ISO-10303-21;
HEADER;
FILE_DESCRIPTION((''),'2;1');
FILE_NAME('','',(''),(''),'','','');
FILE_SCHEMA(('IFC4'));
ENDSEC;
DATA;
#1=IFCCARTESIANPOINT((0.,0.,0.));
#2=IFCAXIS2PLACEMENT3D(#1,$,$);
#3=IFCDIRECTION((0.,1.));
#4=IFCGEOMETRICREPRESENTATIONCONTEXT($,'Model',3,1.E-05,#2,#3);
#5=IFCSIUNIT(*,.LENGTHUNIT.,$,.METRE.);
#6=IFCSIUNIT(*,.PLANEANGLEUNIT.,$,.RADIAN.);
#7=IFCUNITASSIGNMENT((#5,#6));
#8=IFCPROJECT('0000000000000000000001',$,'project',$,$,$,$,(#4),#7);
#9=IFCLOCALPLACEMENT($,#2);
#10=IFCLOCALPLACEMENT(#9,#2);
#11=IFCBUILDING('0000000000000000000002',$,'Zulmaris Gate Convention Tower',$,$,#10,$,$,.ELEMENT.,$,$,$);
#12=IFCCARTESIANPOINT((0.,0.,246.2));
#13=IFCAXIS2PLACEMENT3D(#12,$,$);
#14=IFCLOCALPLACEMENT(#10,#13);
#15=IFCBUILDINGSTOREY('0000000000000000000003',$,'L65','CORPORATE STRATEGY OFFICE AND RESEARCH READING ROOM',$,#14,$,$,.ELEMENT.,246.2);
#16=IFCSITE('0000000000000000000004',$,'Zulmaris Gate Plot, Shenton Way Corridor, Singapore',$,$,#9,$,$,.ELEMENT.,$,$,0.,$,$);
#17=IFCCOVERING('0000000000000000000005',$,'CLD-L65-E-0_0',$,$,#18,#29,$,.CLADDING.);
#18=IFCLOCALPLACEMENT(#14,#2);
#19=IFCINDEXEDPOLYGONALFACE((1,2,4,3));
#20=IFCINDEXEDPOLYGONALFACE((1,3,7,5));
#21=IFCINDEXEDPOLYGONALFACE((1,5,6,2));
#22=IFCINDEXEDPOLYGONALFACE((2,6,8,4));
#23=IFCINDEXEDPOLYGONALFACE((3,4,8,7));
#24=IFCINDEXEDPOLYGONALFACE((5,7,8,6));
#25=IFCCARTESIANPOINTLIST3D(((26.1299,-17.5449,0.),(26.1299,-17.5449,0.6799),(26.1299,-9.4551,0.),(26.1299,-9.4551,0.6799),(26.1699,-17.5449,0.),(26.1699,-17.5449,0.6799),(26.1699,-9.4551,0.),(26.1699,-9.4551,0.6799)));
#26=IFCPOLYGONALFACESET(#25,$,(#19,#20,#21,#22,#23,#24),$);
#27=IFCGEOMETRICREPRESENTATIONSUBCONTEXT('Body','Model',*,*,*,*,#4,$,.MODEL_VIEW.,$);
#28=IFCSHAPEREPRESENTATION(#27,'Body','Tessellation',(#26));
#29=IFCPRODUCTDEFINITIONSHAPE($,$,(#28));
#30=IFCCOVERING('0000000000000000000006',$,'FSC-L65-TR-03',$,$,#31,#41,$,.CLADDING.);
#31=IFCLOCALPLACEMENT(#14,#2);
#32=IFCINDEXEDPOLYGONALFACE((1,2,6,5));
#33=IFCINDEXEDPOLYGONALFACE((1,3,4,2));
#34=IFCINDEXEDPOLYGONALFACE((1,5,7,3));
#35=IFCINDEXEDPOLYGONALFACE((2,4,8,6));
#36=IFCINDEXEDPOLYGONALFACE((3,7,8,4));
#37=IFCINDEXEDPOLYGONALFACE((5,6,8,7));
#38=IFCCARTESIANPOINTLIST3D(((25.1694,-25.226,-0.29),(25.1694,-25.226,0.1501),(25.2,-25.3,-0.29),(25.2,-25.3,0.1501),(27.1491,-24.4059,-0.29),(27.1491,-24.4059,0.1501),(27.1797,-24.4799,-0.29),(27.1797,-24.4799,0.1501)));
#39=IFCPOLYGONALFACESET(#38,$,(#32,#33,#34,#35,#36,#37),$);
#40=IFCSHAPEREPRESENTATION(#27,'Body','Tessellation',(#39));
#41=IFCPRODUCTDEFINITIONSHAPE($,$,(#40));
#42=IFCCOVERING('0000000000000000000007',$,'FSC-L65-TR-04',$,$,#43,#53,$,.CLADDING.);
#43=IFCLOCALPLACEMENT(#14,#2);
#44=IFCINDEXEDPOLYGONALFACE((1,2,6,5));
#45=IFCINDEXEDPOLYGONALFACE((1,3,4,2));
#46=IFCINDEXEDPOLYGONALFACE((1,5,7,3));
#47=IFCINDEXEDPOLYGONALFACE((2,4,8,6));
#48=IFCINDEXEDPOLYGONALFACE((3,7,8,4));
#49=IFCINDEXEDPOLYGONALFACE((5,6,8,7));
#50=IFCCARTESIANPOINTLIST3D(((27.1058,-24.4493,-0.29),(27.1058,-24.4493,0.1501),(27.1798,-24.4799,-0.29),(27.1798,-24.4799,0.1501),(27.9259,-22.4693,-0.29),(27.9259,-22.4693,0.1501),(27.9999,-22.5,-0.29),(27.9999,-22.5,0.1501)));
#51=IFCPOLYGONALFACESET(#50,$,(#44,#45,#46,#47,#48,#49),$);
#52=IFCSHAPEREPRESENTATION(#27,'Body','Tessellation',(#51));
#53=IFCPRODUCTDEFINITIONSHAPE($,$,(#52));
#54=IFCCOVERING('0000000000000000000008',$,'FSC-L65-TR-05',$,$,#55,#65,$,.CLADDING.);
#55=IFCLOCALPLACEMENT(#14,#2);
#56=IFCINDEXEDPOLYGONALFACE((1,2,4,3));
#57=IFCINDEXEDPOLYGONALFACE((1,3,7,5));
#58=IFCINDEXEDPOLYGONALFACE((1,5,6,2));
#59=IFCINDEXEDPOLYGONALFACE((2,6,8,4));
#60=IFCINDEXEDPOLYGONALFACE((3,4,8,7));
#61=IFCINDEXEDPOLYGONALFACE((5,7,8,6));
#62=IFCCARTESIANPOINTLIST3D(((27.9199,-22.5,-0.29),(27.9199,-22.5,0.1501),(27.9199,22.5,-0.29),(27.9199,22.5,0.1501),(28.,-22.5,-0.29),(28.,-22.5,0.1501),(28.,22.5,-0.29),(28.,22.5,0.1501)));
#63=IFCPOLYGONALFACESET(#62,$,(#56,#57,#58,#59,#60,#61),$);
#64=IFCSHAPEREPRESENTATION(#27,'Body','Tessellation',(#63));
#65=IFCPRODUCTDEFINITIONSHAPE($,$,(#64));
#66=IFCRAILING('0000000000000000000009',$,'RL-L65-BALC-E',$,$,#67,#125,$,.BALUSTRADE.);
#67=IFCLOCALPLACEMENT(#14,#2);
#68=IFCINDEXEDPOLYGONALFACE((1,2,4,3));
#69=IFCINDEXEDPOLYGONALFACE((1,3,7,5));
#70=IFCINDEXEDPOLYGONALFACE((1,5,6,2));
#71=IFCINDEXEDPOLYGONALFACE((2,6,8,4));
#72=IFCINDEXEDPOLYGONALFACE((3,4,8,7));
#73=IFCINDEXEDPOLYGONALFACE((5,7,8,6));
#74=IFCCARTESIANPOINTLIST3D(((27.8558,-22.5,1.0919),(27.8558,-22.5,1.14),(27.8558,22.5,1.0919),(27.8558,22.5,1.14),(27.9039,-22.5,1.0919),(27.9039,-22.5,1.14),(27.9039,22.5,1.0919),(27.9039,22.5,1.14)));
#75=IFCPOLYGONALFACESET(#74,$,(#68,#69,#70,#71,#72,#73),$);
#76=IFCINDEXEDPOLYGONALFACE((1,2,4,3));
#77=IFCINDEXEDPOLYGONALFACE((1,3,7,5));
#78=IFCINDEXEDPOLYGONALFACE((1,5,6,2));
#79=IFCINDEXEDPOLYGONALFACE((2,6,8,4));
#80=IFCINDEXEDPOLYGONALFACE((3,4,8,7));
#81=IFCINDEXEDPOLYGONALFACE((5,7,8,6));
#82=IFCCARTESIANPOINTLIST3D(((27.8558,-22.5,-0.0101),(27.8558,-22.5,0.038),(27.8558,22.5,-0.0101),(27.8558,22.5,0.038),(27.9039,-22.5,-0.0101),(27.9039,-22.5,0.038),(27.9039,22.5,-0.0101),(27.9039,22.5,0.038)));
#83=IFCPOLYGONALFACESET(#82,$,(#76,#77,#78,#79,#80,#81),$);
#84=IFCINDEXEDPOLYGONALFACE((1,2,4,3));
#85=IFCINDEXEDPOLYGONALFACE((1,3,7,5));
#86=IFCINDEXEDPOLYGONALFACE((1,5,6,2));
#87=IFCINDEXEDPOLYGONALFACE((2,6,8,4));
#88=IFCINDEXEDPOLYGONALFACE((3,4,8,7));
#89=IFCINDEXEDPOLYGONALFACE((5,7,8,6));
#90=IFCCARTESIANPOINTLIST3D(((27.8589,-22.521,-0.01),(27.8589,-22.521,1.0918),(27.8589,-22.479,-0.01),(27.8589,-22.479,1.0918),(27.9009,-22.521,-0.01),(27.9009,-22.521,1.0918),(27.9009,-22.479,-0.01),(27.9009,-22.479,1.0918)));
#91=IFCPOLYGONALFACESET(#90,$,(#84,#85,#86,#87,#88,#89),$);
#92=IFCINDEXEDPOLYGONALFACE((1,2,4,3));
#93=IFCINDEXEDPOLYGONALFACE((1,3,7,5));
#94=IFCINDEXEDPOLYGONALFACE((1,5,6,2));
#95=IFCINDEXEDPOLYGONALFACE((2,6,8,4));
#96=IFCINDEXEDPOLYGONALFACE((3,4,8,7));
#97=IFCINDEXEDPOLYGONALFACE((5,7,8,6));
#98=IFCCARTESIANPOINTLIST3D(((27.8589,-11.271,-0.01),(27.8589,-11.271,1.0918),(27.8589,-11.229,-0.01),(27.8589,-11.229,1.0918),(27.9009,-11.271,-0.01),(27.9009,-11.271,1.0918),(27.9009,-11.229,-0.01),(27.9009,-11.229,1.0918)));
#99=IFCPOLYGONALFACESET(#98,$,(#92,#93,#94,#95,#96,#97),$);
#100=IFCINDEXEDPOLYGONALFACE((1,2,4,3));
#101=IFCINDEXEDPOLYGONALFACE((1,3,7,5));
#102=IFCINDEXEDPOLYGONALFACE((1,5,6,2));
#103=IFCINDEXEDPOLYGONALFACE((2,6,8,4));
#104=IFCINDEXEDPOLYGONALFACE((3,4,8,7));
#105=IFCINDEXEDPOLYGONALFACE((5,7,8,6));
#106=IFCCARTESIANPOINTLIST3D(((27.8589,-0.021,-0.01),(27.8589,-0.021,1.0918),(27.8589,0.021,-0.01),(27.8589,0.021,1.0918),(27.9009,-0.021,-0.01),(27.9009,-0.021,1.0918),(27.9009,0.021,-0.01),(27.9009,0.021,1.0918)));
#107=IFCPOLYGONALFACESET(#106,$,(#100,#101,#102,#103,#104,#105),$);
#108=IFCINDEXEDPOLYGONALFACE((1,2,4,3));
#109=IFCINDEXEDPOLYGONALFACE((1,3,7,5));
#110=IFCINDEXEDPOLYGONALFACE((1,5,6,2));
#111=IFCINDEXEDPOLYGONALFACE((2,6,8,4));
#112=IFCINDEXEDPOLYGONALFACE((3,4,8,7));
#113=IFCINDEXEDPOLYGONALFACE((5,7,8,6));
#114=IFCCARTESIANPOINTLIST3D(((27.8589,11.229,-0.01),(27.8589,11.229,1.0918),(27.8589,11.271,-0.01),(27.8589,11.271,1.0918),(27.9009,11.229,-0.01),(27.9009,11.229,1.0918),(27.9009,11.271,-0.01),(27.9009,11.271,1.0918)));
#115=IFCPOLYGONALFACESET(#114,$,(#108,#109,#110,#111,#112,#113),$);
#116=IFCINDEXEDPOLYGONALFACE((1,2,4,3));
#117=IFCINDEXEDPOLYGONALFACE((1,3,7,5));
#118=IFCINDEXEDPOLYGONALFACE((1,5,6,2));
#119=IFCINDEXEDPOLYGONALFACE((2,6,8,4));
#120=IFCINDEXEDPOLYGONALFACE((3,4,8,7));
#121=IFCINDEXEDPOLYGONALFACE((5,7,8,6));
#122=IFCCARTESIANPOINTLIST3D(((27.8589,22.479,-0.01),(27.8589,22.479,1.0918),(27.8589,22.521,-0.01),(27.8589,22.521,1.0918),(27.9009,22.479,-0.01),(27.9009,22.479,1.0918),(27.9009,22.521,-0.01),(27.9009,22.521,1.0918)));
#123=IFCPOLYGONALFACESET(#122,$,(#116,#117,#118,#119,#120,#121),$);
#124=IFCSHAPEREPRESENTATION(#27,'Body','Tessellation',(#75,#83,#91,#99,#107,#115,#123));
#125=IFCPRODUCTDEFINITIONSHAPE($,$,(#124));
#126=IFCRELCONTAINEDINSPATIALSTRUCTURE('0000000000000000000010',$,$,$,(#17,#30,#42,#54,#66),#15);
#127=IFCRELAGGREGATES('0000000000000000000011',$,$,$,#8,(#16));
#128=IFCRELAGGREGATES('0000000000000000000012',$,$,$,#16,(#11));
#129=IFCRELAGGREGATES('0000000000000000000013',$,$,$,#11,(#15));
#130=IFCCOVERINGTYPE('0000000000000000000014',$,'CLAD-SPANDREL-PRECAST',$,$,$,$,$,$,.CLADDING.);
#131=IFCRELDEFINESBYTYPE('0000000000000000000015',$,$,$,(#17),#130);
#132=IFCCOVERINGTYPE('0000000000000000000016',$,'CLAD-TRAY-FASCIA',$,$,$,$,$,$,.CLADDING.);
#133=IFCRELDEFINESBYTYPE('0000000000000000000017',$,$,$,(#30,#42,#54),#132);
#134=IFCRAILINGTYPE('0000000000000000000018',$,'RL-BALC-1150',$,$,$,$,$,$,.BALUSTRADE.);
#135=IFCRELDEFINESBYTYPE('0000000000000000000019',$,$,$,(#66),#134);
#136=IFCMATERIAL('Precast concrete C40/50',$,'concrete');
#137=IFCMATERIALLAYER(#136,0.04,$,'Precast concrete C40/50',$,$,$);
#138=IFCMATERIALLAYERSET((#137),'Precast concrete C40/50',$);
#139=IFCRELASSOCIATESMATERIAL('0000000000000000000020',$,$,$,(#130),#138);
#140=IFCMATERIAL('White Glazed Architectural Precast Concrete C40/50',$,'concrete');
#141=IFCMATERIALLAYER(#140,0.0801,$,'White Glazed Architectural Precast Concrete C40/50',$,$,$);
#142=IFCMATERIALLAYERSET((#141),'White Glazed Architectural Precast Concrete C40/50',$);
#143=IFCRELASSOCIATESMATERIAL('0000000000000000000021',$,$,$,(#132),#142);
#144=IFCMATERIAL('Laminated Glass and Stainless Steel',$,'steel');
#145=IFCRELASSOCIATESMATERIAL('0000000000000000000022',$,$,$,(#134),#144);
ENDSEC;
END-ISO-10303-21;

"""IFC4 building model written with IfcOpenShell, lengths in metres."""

from ifc_helpers import new_model, si_unit, direction, frame, frame_2d, origin, origin_2d, place, context, subcontext, project, spatial, rectangle, extrude, material, layer, layer_set, type_object, element, save


model = new_model("IFC4")

# Units and contexts
model_context = context("Model", 3, precision=1e-05, world=origin(), true_north=direction((0.0, 1.0)))
body_context = subcontext(model_context, "Body", "Model", "MODEL_VIEW")
ifc_project = project(units=[si_unit("LENGTHUNIT", "METRE"), si_unit("PLANEANGLEUNIT", "RADIAN")], contexts=[model_context])

# Site, building, storey
site_placement = place(None, origin())
site = spatial("IfcSite", under=ifc_project, at=site_placement, Name="Zulmaris Gate Plot, Shenton Way Corridor, Singapore", CompositionType="ELEMENT", RefElevation=0.0)
building_placement = place(site_placement, origin())
building = spatial("IfcBuilding", under=site, at=building_placement, Name="Zulmaris Gate Convention Tower", CompositionType="ELEMENT")
storey_placement = place(building_placement, frame((0.0, 0.0, 246.2)))
storey = spatial("IfcBuildingStorey", under=building, at=storey_placement, Name="L65", Description="CORPORATE STRATEGY OFFICE AND RESEARCH READING ROOM", CompositionType="ELEMENT", Elevation=246.2)

# Shared definitions
ifc_material_1 = material(Name="Precast concrete C40/50", Category="concrete")

# Coverings
ifc_layer_1 = layer(ifc_material_1, 0.04, Name="Precast concrete C40/50")
ifc_layer_set_1 = layer_set([ifc_layer_1], Name="Precast concrete C40/50")
covering_type_1 = type_object("IfcCoveringType", Name="CLAD-SPANDREL-PRECAST", PredefinedType="CLADDING", material=ifc_layer_set_1)
covering_1_placement = place(storey_placement, frame((26.1499, -17.5449, 0.0), z_axis=(0.0, 0.0, 1.0), x_axis=(0.0, 1.0, 0.0)))
element("IfcCovering", 1, at=covering_1_placement, inside=storey, type_object=covering_type_1, Name="CLD-L65-E-0_0", PredefinedType="CLADDING", context=body_context, shape_type="SweptSolid", body=[
    extrude(rectangle(XDim=8.0898, YDim=0.04, at=frame_2d((4.0449, 0.0))), origin(), (0.0, 0.0, 1.0), 0.6799),
])
ifc_material_2 = material(Name="White Glazed Architectural Precast Concrete C40/50", Category="concrete")
ifc_layer_2 = layer(ifc_material_2, 0.0801, Name="White Glazed Architectural Precast Concrete C40/50")
ifc_layer_set_2 = layer_set([ifc_layer_2], Name="White Glazed Architectural Precast Concrete C40/50")
covering_type_2 = type_object("IfcCoveringType", Name="CLAD-TRAY-FASCIA", PredefinedType="CLADDING", material=ifc_layer_set_2)
covering_2_placement = place(storey_placement, frame((25.1848, -25.2629, -0.29), z_axis=(0.0, 0.0, 1.0), x_axis=(0.923874, 0.382697, 0.0)))
element("IfcCovering", 2, at=covering_2_placement, inside=storey, type_object=covering_type_2, Name="FSC-L65-TR-03", PredefinedType="CLADDING", context=body_context, shape_type="SweptSolid", body=[
    extrude(rectangle(XDim=2.1428, YDim=0.0801, at=frame_2d((1.0713, 0.0))), origin(), (0.0, 0.0, 1.0), 0.4402),
])
covering_3_placement = place(storey_placement, frame((27.1428, -24.4646, -0.29), z_axis=(0.0, 0.0, 1.0), x_axis=(0.382657, 0.92389, 0.0)))
element("IfcCovering", 3, at=covering_3_placement, inside=storey, type_object=covering_type_2, Name="FSC-L65-TR-04", PredefinedType="CLADDING", context=body_context, shape_type="SweptSolid", body=[
    extrude(rectangle(XDim=2.1431, YDim=0.0801, at=frame_2d((1.0715, 0.0))), origin(), (0.0, 0.0, 1.0), 0.4402),
])
covering_4_placement = place(storey_placement, frame((27.96, -22.5, -0.29), z_axis=(0.0, 0.0, 1.0), x_axis=(0.0, 1.0, 0.0)))
element("IfcCovering", 4, at=covering_4_placement, inside=storey, type_object=covering_type_2, Name="FSC-L65-TR-05", PredefinedType="CLADDING", context=body_context, shape_type="SweptSolid", body=[
    extrude(rectangle(XDim=45.0, YDim=0.0801, at=frame_2d((22.5, 0.0))), origin(), (0.0, 0.0, 1.0), 0.4402),
])

# Railing
ifc_material_3 = material(Name="Laminated Glass and Stainless Steel", Category="steel")
railing_type = type_object("IfcRailingType", Name="RL-BALC-1150", PredefinedType="BALUSTRADE", material=ifc_material_3)
railing_placement = place(storey_placement, frame((27.8799, -22.5, -0.01)))
element("IfcRailing", 5, at=railing_placement, inside=storey, type_object=railing_type, Name="RL-L65-BALC-E", PredefinedType="BALUSTRADE", context=body_context, shape_type="SweptSolid", body=[
    extrude(rectangle(XDim=0.0481, YDim=0.0481, at=origin_2d()), frame((0.0, 0.0, 1.126), z_axis=(0.0, 1.0, 0.0), x_axis=(-1.0, 0.0, 0.0)), (0.0, 0.0, 1.0), 45.0),
    extrude(rectangle(XDim=0.0481, YDim=0.0481, at=origin_2d()), frame((0.0, 0.0, 0.0239), z_axis=(0.0, 1.0, 0.0), x_axis=(-1.0, 0.0, 0.0)), (0.0, 0.0, 1.0), 45.0),
    extrude(rectangle(XDim=0.042, YDim=0.042, at=origin_2d()), origin(), (0.0, 0.0, 1.0), 1.1018),
    extrude(rectangle(XDim=0.042, YDim=0.042, at=origin_2d()), frame((0.0, 11.25, 0.0)), (0.0, 0.0, 1.0), 1.1018),
    extrude(rectangle(XDim=0.042, YDim=0.042, at=origin_2d()), frame((0.0, 22.5, 0.0)), (0.0, 0.0, 1.0), 1.1018),
    extrude(rectangle(XDim=0.042, YDim=0.042, at=origin_2d()), frame((0.0, 33.75, 0.0)), (0.0, 0.0, 1.0), 1.1018),
    extrude(rectangle(XDim=0.042, YDim=0.042, at=origin_2d()), frame((0.0, 45.0, 0.0)), (0.0, 0.0, 1.0), 1.1018),
])

save(model, "model.ifc")
